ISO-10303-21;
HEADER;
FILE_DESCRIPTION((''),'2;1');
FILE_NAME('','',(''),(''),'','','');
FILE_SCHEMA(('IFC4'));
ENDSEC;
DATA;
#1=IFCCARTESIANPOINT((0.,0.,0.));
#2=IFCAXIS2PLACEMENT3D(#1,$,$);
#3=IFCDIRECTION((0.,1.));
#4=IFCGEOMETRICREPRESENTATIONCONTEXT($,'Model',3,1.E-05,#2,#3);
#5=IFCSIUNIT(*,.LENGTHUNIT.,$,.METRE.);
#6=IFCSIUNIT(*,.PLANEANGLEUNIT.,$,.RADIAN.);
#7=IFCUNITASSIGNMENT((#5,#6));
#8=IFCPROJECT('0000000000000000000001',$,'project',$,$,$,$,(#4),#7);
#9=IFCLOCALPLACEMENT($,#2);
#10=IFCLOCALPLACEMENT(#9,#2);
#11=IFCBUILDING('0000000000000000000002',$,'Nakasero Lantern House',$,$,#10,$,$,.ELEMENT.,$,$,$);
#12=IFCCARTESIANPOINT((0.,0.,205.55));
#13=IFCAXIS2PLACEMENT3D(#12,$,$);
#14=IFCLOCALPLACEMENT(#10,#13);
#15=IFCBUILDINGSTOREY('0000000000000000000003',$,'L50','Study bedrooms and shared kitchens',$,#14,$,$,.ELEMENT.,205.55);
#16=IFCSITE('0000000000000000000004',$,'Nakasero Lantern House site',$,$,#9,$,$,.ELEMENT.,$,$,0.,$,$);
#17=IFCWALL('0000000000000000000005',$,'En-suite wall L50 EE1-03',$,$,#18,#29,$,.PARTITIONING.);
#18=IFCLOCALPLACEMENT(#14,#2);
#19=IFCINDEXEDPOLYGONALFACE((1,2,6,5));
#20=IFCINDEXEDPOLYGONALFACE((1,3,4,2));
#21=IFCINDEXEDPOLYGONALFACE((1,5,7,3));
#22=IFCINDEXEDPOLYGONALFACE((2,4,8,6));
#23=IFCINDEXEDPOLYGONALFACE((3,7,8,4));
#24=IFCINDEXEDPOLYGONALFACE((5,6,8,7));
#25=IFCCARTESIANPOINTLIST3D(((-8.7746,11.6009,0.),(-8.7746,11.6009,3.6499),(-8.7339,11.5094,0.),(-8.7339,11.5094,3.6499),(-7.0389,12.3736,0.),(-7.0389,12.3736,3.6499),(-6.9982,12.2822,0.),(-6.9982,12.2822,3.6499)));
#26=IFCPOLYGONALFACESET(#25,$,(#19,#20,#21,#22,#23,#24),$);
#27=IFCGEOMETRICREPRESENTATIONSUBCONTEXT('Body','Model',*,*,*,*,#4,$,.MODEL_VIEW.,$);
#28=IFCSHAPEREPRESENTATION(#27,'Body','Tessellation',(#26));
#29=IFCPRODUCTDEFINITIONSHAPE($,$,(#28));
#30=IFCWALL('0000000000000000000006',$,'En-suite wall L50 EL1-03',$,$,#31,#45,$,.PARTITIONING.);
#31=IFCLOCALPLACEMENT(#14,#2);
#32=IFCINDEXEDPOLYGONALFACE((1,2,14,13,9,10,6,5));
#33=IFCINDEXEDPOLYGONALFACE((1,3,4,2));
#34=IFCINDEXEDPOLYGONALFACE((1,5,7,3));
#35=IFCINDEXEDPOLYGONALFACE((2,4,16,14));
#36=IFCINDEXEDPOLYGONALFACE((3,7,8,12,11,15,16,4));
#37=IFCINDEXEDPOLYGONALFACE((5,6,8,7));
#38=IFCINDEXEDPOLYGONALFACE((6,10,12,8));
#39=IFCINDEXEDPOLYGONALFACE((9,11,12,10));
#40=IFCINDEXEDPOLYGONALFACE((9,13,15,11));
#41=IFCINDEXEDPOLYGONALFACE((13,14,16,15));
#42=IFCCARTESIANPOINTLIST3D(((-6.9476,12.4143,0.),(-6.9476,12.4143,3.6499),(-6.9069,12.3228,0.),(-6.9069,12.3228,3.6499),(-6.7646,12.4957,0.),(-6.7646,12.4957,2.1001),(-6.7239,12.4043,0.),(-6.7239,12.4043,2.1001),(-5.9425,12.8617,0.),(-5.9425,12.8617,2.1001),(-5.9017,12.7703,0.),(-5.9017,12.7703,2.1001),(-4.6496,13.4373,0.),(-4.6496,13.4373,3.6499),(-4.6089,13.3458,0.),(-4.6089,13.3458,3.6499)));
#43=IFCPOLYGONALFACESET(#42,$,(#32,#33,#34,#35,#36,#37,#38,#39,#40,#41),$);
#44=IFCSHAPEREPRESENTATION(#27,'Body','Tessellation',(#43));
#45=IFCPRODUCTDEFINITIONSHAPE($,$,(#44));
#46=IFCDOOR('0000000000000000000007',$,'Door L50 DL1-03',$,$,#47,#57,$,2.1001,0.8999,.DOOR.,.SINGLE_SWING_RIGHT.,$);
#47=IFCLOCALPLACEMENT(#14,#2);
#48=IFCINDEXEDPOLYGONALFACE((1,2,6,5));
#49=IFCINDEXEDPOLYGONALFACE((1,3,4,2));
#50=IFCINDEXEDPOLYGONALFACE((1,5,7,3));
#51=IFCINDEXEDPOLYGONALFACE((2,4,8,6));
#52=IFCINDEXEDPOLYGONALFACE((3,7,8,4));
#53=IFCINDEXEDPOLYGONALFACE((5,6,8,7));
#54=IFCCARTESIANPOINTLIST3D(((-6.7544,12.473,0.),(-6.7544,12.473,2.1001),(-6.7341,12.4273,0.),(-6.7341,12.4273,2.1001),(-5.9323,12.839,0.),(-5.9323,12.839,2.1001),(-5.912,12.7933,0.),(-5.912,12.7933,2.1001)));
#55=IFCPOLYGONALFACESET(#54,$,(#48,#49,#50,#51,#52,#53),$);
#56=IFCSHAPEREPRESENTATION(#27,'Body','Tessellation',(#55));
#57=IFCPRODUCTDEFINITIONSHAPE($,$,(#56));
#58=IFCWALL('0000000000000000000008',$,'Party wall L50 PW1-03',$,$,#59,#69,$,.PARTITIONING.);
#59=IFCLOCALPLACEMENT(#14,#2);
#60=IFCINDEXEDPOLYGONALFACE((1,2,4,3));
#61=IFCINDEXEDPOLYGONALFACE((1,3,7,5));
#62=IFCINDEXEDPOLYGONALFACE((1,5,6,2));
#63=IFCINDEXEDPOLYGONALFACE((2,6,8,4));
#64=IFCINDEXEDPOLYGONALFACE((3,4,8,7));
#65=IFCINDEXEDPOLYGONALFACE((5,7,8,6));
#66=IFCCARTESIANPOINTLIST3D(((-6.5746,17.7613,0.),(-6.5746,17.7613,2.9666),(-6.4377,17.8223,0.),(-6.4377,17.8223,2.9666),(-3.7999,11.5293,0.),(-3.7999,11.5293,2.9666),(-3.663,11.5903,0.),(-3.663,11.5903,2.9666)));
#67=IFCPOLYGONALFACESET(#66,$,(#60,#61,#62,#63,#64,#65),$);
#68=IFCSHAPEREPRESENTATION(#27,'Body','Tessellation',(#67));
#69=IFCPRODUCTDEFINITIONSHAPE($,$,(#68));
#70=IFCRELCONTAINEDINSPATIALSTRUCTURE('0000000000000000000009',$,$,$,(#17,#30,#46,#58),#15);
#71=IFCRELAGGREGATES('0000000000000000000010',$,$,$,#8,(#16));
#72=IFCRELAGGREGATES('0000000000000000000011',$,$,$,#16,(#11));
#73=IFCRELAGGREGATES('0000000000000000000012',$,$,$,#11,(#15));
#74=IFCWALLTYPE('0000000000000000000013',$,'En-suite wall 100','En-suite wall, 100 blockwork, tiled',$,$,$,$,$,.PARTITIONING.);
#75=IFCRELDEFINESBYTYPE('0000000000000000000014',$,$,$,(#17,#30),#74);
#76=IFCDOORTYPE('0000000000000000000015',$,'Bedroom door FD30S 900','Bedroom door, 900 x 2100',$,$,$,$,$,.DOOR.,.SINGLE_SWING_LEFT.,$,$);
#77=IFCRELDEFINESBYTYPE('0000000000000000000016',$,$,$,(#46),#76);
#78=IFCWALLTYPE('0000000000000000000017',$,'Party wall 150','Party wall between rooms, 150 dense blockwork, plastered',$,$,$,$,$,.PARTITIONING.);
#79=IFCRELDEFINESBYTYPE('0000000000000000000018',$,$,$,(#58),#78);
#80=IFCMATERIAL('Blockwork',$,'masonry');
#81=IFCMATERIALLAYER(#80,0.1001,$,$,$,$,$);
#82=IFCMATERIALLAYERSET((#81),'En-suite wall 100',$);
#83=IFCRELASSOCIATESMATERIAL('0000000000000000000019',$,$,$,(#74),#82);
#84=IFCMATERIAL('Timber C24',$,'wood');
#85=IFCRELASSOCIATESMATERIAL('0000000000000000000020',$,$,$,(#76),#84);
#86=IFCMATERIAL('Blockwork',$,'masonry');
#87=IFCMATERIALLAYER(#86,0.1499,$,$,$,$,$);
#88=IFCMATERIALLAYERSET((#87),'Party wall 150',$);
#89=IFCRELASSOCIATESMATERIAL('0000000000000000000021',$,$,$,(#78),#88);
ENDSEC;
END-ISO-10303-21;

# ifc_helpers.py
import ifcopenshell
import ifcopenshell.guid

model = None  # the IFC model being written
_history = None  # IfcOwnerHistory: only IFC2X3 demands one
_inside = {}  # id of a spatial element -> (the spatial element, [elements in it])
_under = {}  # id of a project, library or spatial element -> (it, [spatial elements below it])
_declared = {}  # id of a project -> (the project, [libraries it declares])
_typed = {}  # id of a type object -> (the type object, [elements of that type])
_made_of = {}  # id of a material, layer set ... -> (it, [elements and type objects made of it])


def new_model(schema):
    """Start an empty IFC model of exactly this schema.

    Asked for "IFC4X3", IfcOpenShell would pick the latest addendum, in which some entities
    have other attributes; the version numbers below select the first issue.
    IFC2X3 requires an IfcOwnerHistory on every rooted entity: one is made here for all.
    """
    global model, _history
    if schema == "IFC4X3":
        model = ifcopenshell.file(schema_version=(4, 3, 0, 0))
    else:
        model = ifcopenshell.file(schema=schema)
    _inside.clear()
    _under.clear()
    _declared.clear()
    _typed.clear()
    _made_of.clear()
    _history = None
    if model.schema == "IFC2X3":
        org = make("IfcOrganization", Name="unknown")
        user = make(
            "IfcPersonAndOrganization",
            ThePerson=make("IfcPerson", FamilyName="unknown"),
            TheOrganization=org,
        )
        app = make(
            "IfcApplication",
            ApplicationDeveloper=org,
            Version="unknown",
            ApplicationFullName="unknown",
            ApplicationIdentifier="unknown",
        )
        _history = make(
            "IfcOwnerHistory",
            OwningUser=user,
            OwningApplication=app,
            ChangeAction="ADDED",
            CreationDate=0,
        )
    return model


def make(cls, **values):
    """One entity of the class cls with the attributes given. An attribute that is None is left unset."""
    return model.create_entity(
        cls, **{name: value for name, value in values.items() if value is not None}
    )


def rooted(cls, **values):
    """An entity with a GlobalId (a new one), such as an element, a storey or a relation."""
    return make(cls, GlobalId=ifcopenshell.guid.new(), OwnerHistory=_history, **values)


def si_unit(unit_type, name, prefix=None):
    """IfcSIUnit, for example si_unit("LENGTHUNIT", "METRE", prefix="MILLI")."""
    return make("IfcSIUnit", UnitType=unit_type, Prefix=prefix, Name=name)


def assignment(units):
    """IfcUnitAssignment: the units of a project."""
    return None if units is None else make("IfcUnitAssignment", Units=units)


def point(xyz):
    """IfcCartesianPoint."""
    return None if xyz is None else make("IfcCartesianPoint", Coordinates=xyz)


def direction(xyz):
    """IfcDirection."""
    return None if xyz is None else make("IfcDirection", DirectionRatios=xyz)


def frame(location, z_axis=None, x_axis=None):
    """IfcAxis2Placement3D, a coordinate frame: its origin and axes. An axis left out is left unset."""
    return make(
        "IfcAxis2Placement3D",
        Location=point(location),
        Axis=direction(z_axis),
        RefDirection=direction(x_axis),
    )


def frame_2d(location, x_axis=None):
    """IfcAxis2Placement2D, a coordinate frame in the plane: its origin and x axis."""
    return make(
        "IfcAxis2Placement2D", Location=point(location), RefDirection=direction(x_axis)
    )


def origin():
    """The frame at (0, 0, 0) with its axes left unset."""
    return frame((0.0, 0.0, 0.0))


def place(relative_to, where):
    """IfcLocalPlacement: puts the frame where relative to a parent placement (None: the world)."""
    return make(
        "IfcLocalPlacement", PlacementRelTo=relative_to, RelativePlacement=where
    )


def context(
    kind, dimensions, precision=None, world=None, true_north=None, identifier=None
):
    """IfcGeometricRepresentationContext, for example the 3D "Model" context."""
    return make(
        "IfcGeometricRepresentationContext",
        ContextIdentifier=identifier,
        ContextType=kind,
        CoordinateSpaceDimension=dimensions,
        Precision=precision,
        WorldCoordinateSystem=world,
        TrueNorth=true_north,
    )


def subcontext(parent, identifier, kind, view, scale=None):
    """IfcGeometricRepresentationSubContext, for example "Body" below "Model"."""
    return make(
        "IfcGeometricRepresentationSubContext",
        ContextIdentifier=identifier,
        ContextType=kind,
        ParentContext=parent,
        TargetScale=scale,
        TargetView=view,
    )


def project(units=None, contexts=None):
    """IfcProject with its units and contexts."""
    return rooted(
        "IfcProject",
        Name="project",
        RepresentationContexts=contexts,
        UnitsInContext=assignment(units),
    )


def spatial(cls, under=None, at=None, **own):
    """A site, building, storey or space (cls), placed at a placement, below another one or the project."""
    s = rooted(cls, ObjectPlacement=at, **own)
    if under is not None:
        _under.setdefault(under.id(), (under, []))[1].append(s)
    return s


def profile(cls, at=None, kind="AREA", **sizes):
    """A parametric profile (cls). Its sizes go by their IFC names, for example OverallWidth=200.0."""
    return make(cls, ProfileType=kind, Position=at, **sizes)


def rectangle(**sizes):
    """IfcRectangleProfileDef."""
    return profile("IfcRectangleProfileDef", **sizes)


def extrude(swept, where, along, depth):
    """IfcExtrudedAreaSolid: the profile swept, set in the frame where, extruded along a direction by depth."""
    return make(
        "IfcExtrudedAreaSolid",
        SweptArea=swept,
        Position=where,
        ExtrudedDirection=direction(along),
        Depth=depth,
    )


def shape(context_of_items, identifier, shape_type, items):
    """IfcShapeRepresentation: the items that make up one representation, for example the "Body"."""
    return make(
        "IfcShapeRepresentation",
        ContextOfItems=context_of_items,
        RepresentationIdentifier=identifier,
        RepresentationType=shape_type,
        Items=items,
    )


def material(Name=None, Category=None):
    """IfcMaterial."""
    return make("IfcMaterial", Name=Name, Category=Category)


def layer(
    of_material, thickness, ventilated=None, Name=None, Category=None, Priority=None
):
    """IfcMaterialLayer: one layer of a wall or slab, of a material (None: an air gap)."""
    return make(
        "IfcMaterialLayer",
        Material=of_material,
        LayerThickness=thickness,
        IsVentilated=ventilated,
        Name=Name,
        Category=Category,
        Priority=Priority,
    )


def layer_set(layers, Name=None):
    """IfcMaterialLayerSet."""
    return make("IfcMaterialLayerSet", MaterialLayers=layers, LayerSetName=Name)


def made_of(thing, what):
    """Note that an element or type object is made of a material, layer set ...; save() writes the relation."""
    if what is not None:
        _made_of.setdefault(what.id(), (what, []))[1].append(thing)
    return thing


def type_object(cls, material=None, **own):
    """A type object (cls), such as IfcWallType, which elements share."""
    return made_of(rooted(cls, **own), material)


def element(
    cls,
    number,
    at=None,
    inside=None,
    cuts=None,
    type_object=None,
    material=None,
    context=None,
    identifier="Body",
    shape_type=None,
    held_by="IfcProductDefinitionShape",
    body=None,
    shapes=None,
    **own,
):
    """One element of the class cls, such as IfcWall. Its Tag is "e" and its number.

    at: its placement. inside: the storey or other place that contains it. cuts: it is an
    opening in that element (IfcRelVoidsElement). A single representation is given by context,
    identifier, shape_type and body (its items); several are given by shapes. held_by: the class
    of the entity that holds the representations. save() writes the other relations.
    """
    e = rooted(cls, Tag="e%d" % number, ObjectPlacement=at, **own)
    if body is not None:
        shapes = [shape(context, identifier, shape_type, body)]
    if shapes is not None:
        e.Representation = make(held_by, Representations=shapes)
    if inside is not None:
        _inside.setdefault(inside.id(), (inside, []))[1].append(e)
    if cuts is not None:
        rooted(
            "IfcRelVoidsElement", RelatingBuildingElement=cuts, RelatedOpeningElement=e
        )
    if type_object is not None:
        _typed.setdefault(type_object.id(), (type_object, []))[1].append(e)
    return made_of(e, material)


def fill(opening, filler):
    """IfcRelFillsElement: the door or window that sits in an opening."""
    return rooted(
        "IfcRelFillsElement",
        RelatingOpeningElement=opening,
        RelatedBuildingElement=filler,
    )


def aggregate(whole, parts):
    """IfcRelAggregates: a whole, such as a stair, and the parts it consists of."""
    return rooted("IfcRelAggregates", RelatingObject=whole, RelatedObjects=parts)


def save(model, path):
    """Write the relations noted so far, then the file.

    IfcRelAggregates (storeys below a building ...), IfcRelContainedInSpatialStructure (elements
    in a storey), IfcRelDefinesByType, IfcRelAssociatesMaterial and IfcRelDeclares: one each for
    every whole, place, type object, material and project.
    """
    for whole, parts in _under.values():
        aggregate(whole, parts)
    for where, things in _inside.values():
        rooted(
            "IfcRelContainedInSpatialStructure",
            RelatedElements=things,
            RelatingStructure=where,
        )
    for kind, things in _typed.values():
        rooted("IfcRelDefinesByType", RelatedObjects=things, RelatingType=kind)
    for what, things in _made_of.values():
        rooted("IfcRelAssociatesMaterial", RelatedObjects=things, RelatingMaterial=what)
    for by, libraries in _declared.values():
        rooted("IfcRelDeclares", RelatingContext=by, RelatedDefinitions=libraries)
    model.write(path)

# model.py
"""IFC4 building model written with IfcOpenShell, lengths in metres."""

from ifc_helpers import new_model, si_unit, direction, frame, frame_2d, origin, place, context, subcontext, project, spatial, rectangle, extrude, material, layer, layer_set, type_object, element, fill, save


model = new_model("IFC4")

# Units and contexts
model_context = context("Model", 3, precision=1e-05, world=origin(), true_north=direction((0.0, 1.0)))
body_context = subcontext(model_context, "Body", "Model", "MODEL_VIEW")
ifc_project = project(units=[si_unit("LENGTHUNIT", "METRE"), si_unit("PLANEANGLEUNIT", "RADIAN")], contexts=[model_context])

# Site, building, storey
site_placement = place(None, origin())
site = spatial("IfcSite", under=ifc_project, at=site_placement, Name="Nakasero Lantern House site", CompositionType="ELEMENT", RefElevation=0.0)
building_placement = place(site_placement, origin())
building = spatial("IfcBuilding", under=site, at=building_placement, Name="Nakasero Lantern House", CompositionType="ELEMENT")
storey_placement = place(building_placement, frame((0.0, 0.0, 205.55)))
storey = spatial("IfcBuildingStorey", under=building, at=storey_placement, Name="L50", Description="Study bedrooms and shared kitchens", CompositionType="ELEMENT", Elevation=205.55)

# Wall
ifc_material_1 = material(Name="Blockwork", Category="masonry")
ifc_layer_1 = layer(ifc_material_1, 0.1001)
ifc_layer_set_1 = layer_set([ifc_layer_1], Name="En-suite wall 100")
wall_type_1 = type_object("IfcWallType", Name="En-suite wall 100", Description="En-suite wall, 100 blockwork, tiled", PredefinedType="PARTITIONING", material=ifc_layer_set_1)
wall_1_placement = place(storey_placement, frame((-7.0186, 12.3279, 0.0), z_axis=(0.0, 0.0, 1.0), x_axis=(-0.913552, -0.406723, 0.0)))
element("IfcWall", 1, at=wall_1_placement, inside=storey, type_object=wall_type_1, Name="En-suite wall L50 EE1-03", PredefinedType="PARTITIONING", context=body_context, shape_type="SweptSolid", body=[
    extrude(rectangle(XDim=1.8999, YDim=0.1001, at=frame_2d((0.95, 0.0))), origin(), (0.0, 0.0, 1.0), 3.6499),
])

# Wall, opening, door
wall_2_placement = place(storey_placement, frame((-4.6292, 13.3916, 0.0), z_axis=(0.0, 0.0, 1.0), x_axis=(-0.913563, -0.406697, 0.0)))
wall_2 = element("IfcWall", 2, at=wall_2_placement, inside=storey, type_object=wall_type_1, Name="En-suite wall L50 EL1-03", PredefinedType="PARTITIONING", context=body_context, shape_type="SweptSolid", body=[
    extrude(rectangle(XDim=2.5154, YDim=0.1001, at=frame_2d((1.2578, 0.0))), origin(), (0.0, 0.0, 1.0), 3.6499),
])
opening_1_placement = place(wall_2_placement, frame((1.4153, 0.0, 0.0)))
opening_1 = element("IfcOpeningElement", 3, at=opening_1_placement, cuts=wall_2, PredefinedType="OPENING", context=body_context, shape_type="SweptSolid", body=[
    extrude(rectangle(XDim=0.8999, YDim=2.1001, at=frame_2d((0.45, 1.05))), frame((0.0, 0.0701, 0.0), z_axis=(0.0, -1.0, 0.0), x_axis=(1.0, 0.0, 0.0)), (0.0, 0.0, 1.0), 0.1401),
])
ifc_material_2 = material(Name="Timber C24", Category="wood")
door_type_1 = type_object("IfcDoorType", Name="Bedroom door FD30S 900", Description="Bedroom door, 900 x 2100", OperationType="SINGLE_SWING_LEFT", PredefinedType="DOOR", material=ifc_material_2)
door_1_placement = place(opening_1_placement, origin())
door_1 = element("IfcDoor", 4, at=door_1_placement, inside=storey, type_object=door_type_1, Name="Door L50 DL1-03", OperationType="SINGLE_SWING_RIGHT", OverallHeight=2.1001, OverallWidth=0.8999, PredefinedType="DOOR", context=body_context, shape_type="SweptSolid", body=[
    extrude(rectangle(XDim=0.8999, YDim=2.1001, at=frame_2d((0.45, 1.05))), frame((0.0, 0.0249, 0.0), z_axis=(0.0, -1.0, 0.0), x_axis=(1.0, 0.0, 0.0)), (0.0, 0.0, 1.0), 0.05),
])
fill(opening_1, door_1)

# Wall
ifc_material_3 = material(Name="Blockwork", Category="masonry")
ifc_layer_2 = layer(ifc_material_3, 0.1499)
ifc_layer_set_2 = layer_set([ifc_layer_2], Name="Party wall 150")
wall_type_2 = type_object("IfcWallType", Name="Party wall 150", Description="Party wall between rooms, 150 dense blockwork, plastered", PredefinedType="PARTITIONING", material=ifc_layer_set_2)
wall_3_placement = place(storey_placement, frame((-3.7314, 11.5598, 0.0), z_axis=(0.0, 0.0, 1.0), x_axis=(-0.406739, 0.913544, 0.0)))
element("IfcWall", 5, at=wall_3_placement, inside=storey, type_object=wall_type_2, Name="Party wall L50 PW1-03", PredefinedType="PARTITIONING", context=body_context, shape_type="SweptSolid", body=[
    extrude(rectangle(XDim=6.8218, YDim=0.1499, at=frame_2d((3.4109, 0.0))), origin(), (0.0, 0.0, 1.0), 2.9666),
])

save(model, "model.ifc")
